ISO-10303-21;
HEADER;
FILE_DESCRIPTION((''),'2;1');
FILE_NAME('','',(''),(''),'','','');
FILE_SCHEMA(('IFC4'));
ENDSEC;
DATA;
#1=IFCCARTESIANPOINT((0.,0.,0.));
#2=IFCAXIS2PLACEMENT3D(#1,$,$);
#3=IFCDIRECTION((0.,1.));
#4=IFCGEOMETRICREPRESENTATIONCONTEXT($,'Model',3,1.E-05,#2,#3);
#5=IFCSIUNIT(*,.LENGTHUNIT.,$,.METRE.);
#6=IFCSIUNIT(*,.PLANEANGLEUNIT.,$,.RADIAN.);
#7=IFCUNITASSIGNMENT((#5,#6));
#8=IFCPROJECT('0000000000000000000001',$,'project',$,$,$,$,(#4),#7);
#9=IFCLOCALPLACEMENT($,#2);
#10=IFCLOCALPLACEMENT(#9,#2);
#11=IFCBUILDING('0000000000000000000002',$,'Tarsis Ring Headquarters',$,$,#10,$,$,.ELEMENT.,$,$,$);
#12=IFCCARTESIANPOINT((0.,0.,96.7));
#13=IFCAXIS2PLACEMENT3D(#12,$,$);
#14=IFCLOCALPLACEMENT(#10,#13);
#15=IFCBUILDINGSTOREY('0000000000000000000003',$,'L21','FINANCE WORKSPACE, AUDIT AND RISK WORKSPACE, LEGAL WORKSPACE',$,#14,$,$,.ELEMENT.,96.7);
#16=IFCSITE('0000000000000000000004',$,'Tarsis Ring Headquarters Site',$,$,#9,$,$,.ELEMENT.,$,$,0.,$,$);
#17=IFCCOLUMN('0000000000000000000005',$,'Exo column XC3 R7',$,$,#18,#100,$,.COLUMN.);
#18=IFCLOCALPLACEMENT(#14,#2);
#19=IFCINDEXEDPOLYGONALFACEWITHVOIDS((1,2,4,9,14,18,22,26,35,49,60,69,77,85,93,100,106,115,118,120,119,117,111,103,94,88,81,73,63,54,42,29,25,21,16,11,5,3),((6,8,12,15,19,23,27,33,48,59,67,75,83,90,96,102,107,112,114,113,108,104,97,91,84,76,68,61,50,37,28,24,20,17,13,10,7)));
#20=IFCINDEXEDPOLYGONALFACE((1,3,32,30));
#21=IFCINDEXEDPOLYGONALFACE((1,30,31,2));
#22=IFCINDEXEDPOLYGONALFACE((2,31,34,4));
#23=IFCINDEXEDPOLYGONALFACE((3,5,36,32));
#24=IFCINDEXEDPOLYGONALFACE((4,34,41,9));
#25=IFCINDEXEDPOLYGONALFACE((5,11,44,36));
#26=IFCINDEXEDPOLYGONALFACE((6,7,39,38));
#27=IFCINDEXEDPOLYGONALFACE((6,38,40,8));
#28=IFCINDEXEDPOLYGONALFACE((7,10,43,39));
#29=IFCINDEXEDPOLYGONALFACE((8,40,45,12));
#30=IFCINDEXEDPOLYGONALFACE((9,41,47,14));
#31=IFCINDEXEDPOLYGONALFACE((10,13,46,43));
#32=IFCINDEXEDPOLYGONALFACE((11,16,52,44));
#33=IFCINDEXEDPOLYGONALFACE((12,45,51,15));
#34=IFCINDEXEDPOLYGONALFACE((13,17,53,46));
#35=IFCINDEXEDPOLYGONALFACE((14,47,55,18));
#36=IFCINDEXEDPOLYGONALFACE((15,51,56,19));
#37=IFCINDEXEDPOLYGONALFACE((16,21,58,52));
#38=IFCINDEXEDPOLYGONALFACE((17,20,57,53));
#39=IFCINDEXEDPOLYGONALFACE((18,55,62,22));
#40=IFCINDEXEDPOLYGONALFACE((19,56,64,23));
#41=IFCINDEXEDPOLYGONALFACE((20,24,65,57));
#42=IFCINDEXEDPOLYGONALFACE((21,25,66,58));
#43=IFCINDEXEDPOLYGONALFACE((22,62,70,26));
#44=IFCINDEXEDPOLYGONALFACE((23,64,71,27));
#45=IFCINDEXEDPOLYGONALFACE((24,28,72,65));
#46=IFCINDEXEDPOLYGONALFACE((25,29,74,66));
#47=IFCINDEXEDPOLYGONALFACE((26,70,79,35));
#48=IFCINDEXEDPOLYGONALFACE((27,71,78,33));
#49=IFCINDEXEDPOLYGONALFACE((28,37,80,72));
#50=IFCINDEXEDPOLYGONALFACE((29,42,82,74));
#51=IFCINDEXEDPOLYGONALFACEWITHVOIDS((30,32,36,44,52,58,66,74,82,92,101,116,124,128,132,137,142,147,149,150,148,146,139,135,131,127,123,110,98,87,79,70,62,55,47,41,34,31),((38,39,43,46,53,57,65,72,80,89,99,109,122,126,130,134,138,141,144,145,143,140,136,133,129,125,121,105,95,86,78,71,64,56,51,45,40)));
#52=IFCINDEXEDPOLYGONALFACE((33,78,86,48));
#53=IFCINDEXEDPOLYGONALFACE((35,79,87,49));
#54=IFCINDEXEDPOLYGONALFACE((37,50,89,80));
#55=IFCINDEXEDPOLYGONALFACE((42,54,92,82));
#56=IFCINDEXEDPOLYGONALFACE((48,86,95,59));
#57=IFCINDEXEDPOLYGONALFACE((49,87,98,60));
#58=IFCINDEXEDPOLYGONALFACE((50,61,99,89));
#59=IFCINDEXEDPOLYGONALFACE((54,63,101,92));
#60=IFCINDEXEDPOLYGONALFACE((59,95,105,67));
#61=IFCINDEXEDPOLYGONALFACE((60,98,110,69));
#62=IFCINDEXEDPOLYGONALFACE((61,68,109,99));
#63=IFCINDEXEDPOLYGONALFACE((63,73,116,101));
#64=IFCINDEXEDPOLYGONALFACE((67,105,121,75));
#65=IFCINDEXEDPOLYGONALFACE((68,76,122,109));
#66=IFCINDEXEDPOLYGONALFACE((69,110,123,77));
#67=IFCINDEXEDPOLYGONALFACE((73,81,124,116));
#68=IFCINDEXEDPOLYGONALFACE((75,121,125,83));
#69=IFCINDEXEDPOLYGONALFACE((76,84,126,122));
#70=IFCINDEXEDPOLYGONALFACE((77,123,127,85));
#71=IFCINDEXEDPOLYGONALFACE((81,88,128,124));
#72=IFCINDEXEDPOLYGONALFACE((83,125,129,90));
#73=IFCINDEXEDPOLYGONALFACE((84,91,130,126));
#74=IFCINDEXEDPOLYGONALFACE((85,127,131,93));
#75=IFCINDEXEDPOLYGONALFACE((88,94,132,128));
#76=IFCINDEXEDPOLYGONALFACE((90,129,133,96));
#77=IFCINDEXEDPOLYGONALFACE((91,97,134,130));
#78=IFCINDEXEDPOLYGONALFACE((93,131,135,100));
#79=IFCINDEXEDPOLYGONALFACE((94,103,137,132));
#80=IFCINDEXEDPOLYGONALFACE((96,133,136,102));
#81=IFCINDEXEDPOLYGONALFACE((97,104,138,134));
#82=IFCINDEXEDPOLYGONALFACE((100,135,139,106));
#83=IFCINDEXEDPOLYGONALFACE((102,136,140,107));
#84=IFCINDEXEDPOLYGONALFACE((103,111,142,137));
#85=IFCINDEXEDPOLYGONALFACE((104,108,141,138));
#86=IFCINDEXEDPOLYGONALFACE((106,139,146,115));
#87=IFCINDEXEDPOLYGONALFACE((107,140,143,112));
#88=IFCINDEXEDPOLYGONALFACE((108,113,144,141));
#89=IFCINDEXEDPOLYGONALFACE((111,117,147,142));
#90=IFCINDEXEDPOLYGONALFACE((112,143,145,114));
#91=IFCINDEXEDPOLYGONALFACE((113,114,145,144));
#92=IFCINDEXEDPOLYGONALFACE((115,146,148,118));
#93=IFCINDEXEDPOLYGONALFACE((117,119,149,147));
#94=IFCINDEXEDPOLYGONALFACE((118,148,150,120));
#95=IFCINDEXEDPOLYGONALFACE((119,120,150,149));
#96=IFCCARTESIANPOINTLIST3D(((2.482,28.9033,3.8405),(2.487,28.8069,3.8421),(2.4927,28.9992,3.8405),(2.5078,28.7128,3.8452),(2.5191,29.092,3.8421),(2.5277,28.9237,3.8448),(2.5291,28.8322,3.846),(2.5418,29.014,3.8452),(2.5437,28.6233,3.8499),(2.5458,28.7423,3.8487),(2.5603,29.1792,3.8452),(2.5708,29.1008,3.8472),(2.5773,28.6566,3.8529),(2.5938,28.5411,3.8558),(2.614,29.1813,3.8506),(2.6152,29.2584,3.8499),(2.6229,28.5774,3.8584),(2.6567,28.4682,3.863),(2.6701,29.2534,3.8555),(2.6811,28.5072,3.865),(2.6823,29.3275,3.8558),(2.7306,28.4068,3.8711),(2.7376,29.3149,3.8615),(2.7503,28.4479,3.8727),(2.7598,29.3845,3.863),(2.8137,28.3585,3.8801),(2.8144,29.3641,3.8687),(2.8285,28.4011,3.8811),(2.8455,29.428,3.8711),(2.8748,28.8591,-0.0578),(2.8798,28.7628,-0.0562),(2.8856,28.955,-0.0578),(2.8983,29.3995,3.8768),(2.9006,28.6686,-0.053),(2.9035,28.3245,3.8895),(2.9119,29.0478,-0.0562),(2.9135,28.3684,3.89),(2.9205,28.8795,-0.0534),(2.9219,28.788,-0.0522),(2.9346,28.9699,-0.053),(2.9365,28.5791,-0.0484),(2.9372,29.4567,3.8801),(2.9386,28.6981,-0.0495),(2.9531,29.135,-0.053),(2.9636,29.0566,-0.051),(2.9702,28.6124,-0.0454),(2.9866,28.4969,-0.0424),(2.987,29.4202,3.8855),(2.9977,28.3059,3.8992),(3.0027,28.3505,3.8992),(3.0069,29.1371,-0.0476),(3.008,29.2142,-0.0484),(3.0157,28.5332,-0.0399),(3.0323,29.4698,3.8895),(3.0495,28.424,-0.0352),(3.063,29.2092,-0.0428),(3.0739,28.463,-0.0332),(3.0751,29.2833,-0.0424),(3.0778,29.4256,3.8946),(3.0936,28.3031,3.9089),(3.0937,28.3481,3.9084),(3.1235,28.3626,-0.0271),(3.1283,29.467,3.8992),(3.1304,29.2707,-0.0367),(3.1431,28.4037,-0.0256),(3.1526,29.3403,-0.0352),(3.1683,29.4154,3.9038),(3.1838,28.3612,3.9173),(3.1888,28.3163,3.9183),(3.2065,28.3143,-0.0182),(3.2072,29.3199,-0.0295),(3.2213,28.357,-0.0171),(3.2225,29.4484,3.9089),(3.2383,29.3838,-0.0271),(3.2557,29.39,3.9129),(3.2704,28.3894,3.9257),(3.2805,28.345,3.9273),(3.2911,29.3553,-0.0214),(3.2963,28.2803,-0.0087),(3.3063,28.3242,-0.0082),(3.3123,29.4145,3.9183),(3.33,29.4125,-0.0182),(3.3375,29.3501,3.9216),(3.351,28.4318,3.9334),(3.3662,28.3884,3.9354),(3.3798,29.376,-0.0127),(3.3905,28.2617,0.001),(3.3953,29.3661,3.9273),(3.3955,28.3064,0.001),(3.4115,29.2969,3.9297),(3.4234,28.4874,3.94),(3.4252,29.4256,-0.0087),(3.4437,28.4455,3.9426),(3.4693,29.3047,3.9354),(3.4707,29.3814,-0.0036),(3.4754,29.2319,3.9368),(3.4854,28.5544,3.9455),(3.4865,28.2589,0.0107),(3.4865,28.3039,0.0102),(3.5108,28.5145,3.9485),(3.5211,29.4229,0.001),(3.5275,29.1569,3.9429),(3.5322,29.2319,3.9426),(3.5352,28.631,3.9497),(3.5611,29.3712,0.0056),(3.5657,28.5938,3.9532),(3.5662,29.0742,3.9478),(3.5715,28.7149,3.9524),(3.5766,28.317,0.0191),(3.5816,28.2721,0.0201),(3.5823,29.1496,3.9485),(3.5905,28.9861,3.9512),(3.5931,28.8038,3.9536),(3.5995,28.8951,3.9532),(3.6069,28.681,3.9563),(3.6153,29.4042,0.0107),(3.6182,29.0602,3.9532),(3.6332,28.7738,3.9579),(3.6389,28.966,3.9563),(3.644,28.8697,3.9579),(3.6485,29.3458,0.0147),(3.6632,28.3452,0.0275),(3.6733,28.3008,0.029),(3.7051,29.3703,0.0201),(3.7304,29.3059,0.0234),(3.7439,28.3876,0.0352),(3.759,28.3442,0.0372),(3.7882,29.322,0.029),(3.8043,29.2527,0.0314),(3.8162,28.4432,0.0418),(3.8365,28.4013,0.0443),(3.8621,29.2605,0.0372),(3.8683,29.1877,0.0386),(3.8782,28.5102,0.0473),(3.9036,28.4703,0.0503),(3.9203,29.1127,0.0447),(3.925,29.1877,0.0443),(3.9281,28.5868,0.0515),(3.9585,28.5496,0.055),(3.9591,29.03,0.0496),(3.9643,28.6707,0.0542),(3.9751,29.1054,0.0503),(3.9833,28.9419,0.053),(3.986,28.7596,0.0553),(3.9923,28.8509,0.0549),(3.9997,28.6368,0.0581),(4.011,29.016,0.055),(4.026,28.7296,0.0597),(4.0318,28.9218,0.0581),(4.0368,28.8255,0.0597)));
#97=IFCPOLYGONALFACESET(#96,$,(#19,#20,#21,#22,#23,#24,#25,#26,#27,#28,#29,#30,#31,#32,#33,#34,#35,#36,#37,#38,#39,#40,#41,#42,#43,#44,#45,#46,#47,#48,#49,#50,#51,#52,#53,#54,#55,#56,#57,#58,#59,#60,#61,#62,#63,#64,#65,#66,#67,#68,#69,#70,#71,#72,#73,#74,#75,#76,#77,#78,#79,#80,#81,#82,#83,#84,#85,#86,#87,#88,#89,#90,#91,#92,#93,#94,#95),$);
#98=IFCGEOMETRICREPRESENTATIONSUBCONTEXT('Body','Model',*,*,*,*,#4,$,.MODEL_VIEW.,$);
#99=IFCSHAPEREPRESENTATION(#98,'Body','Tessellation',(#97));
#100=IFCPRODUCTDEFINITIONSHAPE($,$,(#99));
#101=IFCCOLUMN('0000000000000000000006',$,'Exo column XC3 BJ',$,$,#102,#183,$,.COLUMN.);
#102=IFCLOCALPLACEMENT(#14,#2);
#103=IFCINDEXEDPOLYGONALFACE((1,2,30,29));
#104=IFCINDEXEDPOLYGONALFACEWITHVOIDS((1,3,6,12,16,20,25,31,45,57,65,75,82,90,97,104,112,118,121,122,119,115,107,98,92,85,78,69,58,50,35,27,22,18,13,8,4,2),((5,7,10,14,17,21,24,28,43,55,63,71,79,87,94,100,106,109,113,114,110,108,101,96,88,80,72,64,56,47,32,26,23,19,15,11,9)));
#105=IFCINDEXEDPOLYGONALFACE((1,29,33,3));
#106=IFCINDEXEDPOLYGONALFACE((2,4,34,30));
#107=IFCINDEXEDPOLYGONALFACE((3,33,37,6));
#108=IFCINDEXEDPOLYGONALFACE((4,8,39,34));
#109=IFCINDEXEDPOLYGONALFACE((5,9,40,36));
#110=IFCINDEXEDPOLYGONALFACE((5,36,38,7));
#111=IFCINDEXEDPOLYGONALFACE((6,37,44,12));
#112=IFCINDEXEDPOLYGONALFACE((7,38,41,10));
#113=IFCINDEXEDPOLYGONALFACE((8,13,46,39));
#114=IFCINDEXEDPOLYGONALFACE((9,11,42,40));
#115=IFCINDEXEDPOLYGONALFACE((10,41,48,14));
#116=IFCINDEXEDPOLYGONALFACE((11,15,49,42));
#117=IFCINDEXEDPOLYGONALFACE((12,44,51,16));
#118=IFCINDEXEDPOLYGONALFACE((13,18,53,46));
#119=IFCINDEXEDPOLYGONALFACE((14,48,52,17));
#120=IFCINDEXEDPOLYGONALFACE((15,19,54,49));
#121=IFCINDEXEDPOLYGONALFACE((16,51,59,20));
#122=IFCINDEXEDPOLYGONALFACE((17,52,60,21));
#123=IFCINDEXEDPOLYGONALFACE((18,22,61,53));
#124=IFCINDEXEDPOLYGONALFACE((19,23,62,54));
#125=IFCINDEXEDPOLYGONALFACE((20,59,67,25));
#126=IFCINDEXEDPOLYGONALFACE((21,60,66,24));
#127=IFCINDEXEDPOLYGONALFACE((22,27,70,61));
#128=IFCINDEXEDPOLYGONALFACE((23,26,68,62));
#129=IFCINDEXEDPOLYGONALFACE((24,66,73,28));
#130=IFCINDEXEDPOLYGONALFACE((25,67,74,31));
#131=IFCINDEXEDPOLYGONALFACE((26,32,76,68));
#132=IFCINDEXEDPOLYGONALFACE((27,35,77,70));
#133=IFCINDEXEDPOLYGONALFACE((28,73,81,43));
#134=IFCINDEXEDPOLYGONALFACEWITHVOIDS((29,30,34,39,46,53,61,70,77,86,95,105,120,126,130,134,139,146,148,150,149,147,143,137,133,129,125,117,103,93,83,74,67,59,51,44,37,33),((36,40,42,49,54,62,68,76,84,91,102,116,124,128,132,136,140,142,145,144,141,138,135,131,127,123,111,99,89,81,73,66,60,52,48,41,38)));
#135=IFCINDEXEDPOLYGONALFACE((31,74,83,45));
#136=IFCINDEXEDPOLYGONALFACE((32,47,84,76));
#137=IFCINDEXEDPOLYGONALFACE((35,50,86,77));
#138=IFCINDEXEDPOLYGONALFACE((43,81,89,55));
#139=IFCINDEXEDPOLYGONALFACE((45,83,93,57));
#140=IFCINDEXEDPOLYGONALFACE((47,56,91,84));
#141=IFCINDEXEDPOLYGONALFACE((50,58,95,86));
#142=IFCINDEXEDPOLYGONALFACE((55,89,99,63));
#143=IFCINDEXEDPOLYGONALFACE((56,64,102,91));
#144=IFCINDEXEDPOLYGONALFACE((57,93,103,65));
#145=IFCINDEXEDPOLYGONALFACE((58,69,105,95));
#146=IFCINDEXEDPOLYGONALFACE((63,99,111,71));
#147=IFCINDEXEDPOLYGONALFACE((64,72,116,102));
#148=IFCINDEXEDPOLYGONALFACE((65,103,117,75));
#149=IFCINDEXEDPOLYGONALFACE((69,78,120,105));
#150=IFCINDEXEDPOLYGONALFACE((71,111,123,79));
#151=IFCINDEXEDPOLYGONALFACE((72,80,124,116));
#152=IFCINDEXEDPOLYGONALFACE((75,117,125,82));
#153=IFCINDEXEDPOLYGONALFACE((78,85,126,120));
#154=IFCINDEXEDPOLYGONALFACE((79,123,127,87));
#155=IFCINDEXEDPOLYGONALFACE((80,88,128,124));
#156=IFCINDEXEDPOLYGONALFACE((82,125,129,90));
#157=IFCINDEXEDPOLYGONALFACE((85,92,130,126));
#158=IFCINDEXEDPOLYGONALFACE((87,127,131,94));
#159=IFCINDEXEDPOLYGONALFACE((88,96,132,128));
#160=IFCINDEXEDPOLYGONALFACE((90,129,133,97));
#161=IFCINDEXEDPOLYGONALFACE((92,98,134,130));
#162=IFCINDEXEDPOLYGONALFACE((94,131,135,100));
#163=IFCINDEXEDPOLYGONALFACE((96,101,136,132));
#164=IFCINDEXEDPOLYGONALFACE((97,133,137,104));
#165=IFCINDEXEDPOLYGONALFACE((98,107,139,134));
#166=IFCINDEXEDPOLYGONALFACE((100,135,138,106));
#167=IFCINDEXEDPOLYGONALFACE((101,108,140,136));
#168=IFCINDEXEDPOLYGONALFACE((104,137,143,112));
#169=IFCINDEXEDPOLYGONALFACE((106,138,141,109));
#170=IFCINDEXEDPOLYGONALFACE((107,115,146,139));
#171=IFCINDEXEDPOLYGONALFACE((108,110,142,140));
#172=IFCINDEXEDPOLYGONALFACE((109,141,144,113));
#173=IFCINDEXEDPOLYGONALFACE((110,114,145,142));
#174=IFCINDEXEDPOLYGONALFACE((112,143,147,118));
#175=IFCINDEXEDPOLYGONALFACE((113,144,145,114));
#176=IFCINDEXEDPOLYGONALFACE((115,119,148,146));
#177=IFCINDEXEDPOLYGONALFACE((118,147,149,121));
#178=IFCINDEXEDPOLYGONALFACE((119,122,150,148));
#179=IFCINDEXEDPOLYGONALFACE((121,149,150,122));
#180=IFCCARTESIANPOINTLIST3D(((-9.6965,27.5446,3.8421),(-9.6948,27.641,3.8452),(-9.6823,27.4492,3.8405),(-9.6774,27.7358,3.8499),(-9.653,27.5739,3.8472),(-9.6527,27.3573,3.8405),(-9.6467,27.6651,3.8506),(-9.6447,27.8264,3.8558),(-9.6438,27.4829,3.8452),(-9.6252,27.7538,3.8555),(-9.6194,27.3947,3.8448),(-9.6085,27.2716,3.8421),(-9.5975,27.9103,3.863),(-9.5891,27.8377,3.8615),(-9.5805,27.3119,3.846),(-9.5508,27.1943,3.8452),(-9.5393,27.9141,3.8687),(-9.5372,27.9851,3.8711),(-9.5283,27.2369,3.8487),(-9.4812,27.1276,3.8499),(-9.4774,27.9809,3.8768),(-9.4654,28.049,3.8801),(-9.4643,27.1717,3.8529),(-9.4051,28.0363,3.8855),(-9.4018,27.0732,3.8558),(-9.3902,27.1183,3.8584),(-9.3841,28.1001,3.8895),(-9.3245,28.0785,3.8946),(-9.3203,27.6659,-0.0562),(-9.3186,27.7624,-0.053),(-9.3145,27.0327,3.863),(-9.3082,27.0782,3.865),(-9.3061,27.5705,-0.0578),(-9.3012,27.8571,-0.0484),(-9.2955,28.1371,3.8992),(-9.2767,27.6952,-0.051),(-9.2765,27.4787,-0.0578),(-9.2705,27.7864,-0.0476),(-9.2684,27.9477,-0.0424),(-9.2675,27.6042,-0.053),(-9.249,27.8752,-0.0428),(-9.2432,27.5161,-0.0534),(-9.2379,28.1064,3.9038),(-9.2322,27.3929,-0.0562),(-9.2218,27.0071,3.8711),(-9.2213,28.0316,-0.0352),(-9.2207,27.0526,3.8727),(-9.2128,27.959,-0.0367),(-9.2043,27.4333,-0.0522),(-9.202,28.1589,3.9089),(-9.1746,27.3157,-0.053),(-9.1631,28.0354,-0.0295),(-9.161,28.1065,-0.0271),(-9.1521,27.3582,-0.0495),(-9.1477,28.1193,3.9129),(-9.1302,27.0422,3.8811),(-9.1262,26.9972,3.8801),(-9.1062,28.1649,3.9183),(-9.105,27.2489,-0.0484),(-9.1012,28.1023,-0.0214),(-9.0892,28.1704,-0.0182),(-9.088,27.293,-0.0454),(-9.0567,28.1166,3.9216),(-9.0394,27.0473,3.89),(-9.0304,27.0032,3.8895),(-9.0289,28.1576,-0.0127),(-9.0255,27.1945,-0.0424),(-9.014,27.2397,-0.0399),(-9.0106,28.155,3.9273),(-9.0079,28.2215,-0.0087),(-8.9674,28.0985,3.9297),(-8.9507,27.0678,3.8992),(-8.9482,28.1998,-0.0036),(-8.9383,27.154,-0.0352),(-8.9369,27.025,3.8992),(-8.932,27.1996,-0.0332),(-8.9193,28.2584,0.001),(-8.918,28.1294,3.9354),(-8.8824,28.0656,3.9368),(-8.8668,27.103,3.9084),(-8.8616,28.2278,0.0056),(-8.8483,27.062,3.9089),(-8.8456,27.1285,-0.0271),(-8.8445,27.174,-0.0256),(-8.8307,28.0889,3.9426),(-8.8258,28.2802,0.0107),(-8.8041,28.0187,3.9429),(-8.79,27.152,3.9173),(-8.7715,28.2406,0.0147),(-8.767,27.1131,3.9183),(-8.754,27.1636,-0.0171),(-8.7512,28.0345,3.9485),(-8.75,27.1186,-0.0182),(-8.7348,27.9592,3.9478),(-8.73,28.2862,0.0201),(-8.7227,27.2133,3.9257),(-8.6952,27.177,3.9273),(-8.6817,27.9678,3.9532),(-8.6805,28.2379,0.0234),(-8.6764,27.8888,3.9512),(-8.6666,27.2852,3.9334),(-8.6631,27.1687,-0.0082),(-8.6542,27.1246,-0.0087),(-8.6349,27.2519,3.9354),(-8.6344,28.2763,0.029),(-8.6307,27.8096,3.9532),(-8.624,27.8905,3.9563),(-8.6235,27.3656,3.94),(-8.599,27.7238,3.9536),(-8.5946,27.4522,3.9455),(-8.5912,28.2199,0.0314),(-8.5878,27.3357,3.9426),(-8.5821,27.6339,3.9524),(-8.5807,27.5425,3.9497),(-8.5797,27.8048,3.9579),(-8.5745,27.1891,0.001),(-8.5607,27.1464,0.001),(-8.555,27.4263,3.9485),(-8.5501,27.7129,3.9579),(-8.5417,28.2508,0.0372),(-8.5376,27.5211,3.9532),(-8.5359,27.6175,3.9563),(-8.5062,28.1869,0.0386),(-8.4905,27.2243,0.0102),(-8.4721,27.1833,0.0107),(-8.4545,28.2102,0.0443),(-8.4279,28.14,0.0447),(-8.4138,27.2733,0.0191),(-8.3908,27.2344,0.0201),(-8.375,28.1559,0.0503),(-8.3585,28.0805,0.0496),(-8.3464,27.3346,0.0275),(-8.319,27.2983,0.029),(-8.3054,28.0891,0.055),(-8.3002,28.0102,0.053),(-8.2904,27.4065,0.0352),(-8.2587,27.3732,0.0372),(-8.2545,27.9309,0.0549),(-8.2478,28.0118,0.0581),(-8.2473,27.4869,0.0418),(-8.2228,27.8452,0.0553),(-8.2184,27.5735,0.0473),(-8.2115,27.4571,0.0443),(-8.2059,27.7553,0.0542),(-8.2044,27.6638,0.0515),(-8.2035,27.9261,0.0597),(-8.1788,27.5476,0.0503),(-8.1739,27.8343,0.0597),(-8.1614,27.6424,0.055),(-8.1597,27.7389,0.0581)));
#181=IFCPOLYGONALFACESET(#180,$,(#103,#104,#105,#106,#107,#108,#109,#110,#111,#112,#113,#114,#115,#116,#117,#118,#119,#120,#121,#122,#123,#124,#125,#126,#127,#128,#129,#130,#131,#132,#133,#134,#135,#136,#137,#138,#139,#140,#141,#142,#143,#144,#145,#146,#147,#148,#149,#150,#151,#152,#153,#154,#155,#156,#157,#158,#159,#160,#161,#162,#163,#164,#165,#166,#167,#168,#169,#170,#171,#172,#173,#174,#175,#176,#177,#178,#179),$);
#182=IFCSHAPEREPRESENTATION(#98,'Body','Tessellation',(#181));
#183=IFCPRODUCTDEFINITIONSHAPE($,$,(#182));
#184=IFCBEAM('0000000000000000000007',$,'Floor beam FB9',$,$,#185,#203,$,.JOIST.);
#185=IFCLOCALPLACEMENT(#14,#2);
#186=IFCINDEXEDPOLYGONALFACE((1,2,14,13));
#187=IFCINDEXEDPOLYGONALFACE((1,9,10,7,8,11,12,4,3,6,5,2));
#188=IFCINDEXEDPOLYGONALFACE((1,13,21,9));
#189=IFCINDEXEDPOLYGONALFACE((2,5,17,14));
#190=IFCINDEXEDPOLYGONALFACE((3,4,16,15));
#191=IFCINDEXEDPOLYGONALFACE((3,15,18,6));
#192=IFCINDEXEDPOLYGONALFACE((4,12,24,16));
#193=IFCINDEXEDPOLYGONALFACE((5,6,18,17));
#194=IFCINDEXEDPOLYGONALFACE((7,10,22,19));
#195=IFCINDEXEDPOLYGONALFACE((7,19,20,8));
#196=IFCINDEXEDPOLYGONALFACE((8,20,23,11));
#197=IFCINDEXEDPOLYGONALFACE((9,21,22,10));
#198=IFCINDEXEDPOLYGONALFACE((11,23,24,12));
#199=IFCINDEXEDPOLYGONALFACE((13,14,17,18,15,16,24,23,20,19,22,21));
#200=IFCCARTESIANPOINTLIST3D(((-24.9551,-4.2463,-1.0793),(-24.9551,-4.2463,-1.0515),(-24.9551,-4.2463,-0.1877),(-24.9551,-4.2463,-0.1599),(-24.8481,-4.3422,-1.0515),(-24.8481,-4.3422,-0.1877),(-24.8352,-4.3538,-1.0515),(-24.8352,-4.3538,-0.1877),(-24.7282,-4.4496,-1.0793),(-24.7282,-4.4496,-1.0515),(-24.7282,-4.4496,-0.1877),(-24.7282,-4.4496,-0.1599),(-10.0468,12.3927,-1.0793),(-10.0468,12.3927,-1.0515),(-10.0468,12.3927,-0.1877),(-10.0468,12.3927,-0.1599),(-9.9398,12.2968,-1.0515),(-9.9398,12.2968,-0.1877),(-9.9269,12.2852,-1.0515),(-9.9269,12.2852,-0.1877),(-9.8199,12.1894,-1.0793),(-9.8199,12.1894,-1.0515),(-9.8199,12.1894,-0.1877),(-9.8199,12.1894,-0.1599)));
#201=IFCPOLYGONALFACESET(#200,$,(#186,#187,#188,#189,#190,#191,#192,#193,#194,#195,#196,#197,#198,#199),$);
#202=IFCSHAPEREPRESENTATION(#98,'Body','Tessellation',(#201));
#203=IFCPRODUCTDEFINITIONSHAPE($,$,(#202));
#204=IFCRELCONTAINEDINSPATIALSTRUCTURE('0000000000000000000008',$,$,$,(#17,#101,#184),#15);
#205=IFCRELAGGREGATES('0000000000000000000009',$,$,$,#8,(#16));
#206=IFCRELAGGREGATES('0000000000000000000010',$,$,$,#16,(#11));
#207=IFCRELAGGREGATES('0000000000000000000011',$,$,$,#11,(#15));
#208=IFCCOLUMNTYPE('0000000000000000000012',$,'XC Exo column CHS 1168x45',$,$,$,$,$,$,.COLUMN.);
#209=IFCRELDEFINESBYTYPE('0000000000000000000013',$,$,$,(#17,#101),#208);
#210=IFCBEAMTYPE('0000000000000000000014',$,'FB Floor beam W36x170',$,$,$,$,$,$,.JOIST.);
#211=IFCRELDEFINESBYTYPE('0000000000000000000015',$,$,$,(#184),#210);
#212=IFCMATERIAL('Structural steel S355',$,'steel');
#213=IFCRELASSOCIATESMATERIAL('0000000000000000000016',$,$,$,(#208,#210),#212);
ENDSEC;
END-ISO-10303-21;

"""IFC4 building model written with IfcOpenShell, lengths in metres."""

from ifc_helpers import new_model, si_unit, direction, frame, origin, origin_2d, place, context, subcontext, project, spatial, hollow_circle, i_section, extrude, material, material_profile, profile_set, type_object, element, save


model = new_model("IFC4")

# Units and contexts
model_context = context("Model", 3, precision=1e-05, world=origin(), true_north=direction((0.0, 1.0)))
body_context = subcontext(model_context, "Body", "Model", "MODEL_VIEW")
ifc_project = project(units=[si_unit("LENGTHUNIT", "METRE"), si_unit("PLANEANGLEUNIT", "RADIAN")], contexts=[model_context])

# Site, building, storey
site_placement = place(None, origin())
site = spatial("IfcSite", under=ifc_project, at=site_placement, Name="Tarsis Ring Headquarters Site", CompositionType="ELEMENT", RefElevation=0.0)
building_placement = place(site_placement, origin())
building = spatial("IfcBuilding", under=site, at=building_placement, Name="Tarsis Ring Headquarters", CompositionType="ELEMENT")
storey_placement = place(building_placement, frame((0.0, 0.0, 96.7)))
storey = spatial("IfcBuildingStorey", under=building, at=storey_placement, Name="L21", Description="FINANCE WORKSPACE, AUDIT AND RISK WORKSPACE, LEGAL WORKSPACE", CompositionType="ELEMENT", Elevation=96.7)

# Columns
ifc_material_1 = material(Name="Structural steel S355", Category="steel")
ifc_material_profile_1 = material_profile(ifc_material_1, hollow_circle(Radius=0.5842, WallThickness=0.0449, at=origin_2d()), Name="CHS 1168x45")
ifc_profile_set_1 = profile_set([ifc_material_profile_1], Name="Structural steel S355")
column_type = type_object("IfcColumnType", Name="XC Exo column CHS 1168x45", PredefinedType="COLUMN", material=ifc_profile_set_1)
for number, where, z_axis, x_axis, name in (
    (1, (3.4558, 28.8423, 0.001), (-0.100256, 0.011278, 0.994898), (-0.111787, -0.993732, 0.0), "Exo column XC3 R7"),
    (2, (-8.74, 27.7024, 0.001), (-0.096019, -0.030968, 0.994898), (0.306949, -0.951726, 0.0), "Exo column XC3 BJ"),
):
    element("IfcColumn", number, at=place(storey_placement, frame(where, z_axis=z_axis, x_axis=x_axis)), inside=storey, type_object=column_type, Name=name, PredefinedType="COLUMN", context=body_context, shape_type="SweptSolid", body=[
        extrude(hollow_circle(Radius=0.5842, WallThickness=0.0449, at=origin_2d()), origin(), (0.0, 0.0, 1.0), 3.9182),
    ])

# Beam
ifc_material_profile_2 = material_profile(ifc_material_1, i_section(OverallWidth=0.3047, OverallDepth=0.9194, WebThickness=0.0173, FlangeThickness=0.0278, at=origin_2d()), Name="W36x170")
ifc_profile_set_2 = profile_set([ifc_material_profile_2], Name="Structural steel S355")
beam_type_1 = type_object("IfcBeamType", Name="FB Floor beam W36x170", PredefinedType="JOIST", material=ifc_profile_set_2)
beam_1_placement = place(storey_placement, frame((-9.9333, 12.291, -0.6196), z_axis=(-0.667311, -0.74478, 0.0), x_axis=(0.74478, -0.667311, 0.0)))
element("IfcBeam", 3, at=beam_1_placement, inside=storey, type_object=beam_type_1, Name="Floor beam FB9", PredefinedType="JOIST", context=body_context, shape_type="SweptSolid", body=[
    extrude(i_section(OverallWidth=0.3047, OverallDepth=0.9194, WebThickness=0.0173, FlangeThickness=0.0278, at=origin_2d()), origin(), (0.0, 0.0, 1.0), 22.3408),
])

save(model, "model.ifc")
